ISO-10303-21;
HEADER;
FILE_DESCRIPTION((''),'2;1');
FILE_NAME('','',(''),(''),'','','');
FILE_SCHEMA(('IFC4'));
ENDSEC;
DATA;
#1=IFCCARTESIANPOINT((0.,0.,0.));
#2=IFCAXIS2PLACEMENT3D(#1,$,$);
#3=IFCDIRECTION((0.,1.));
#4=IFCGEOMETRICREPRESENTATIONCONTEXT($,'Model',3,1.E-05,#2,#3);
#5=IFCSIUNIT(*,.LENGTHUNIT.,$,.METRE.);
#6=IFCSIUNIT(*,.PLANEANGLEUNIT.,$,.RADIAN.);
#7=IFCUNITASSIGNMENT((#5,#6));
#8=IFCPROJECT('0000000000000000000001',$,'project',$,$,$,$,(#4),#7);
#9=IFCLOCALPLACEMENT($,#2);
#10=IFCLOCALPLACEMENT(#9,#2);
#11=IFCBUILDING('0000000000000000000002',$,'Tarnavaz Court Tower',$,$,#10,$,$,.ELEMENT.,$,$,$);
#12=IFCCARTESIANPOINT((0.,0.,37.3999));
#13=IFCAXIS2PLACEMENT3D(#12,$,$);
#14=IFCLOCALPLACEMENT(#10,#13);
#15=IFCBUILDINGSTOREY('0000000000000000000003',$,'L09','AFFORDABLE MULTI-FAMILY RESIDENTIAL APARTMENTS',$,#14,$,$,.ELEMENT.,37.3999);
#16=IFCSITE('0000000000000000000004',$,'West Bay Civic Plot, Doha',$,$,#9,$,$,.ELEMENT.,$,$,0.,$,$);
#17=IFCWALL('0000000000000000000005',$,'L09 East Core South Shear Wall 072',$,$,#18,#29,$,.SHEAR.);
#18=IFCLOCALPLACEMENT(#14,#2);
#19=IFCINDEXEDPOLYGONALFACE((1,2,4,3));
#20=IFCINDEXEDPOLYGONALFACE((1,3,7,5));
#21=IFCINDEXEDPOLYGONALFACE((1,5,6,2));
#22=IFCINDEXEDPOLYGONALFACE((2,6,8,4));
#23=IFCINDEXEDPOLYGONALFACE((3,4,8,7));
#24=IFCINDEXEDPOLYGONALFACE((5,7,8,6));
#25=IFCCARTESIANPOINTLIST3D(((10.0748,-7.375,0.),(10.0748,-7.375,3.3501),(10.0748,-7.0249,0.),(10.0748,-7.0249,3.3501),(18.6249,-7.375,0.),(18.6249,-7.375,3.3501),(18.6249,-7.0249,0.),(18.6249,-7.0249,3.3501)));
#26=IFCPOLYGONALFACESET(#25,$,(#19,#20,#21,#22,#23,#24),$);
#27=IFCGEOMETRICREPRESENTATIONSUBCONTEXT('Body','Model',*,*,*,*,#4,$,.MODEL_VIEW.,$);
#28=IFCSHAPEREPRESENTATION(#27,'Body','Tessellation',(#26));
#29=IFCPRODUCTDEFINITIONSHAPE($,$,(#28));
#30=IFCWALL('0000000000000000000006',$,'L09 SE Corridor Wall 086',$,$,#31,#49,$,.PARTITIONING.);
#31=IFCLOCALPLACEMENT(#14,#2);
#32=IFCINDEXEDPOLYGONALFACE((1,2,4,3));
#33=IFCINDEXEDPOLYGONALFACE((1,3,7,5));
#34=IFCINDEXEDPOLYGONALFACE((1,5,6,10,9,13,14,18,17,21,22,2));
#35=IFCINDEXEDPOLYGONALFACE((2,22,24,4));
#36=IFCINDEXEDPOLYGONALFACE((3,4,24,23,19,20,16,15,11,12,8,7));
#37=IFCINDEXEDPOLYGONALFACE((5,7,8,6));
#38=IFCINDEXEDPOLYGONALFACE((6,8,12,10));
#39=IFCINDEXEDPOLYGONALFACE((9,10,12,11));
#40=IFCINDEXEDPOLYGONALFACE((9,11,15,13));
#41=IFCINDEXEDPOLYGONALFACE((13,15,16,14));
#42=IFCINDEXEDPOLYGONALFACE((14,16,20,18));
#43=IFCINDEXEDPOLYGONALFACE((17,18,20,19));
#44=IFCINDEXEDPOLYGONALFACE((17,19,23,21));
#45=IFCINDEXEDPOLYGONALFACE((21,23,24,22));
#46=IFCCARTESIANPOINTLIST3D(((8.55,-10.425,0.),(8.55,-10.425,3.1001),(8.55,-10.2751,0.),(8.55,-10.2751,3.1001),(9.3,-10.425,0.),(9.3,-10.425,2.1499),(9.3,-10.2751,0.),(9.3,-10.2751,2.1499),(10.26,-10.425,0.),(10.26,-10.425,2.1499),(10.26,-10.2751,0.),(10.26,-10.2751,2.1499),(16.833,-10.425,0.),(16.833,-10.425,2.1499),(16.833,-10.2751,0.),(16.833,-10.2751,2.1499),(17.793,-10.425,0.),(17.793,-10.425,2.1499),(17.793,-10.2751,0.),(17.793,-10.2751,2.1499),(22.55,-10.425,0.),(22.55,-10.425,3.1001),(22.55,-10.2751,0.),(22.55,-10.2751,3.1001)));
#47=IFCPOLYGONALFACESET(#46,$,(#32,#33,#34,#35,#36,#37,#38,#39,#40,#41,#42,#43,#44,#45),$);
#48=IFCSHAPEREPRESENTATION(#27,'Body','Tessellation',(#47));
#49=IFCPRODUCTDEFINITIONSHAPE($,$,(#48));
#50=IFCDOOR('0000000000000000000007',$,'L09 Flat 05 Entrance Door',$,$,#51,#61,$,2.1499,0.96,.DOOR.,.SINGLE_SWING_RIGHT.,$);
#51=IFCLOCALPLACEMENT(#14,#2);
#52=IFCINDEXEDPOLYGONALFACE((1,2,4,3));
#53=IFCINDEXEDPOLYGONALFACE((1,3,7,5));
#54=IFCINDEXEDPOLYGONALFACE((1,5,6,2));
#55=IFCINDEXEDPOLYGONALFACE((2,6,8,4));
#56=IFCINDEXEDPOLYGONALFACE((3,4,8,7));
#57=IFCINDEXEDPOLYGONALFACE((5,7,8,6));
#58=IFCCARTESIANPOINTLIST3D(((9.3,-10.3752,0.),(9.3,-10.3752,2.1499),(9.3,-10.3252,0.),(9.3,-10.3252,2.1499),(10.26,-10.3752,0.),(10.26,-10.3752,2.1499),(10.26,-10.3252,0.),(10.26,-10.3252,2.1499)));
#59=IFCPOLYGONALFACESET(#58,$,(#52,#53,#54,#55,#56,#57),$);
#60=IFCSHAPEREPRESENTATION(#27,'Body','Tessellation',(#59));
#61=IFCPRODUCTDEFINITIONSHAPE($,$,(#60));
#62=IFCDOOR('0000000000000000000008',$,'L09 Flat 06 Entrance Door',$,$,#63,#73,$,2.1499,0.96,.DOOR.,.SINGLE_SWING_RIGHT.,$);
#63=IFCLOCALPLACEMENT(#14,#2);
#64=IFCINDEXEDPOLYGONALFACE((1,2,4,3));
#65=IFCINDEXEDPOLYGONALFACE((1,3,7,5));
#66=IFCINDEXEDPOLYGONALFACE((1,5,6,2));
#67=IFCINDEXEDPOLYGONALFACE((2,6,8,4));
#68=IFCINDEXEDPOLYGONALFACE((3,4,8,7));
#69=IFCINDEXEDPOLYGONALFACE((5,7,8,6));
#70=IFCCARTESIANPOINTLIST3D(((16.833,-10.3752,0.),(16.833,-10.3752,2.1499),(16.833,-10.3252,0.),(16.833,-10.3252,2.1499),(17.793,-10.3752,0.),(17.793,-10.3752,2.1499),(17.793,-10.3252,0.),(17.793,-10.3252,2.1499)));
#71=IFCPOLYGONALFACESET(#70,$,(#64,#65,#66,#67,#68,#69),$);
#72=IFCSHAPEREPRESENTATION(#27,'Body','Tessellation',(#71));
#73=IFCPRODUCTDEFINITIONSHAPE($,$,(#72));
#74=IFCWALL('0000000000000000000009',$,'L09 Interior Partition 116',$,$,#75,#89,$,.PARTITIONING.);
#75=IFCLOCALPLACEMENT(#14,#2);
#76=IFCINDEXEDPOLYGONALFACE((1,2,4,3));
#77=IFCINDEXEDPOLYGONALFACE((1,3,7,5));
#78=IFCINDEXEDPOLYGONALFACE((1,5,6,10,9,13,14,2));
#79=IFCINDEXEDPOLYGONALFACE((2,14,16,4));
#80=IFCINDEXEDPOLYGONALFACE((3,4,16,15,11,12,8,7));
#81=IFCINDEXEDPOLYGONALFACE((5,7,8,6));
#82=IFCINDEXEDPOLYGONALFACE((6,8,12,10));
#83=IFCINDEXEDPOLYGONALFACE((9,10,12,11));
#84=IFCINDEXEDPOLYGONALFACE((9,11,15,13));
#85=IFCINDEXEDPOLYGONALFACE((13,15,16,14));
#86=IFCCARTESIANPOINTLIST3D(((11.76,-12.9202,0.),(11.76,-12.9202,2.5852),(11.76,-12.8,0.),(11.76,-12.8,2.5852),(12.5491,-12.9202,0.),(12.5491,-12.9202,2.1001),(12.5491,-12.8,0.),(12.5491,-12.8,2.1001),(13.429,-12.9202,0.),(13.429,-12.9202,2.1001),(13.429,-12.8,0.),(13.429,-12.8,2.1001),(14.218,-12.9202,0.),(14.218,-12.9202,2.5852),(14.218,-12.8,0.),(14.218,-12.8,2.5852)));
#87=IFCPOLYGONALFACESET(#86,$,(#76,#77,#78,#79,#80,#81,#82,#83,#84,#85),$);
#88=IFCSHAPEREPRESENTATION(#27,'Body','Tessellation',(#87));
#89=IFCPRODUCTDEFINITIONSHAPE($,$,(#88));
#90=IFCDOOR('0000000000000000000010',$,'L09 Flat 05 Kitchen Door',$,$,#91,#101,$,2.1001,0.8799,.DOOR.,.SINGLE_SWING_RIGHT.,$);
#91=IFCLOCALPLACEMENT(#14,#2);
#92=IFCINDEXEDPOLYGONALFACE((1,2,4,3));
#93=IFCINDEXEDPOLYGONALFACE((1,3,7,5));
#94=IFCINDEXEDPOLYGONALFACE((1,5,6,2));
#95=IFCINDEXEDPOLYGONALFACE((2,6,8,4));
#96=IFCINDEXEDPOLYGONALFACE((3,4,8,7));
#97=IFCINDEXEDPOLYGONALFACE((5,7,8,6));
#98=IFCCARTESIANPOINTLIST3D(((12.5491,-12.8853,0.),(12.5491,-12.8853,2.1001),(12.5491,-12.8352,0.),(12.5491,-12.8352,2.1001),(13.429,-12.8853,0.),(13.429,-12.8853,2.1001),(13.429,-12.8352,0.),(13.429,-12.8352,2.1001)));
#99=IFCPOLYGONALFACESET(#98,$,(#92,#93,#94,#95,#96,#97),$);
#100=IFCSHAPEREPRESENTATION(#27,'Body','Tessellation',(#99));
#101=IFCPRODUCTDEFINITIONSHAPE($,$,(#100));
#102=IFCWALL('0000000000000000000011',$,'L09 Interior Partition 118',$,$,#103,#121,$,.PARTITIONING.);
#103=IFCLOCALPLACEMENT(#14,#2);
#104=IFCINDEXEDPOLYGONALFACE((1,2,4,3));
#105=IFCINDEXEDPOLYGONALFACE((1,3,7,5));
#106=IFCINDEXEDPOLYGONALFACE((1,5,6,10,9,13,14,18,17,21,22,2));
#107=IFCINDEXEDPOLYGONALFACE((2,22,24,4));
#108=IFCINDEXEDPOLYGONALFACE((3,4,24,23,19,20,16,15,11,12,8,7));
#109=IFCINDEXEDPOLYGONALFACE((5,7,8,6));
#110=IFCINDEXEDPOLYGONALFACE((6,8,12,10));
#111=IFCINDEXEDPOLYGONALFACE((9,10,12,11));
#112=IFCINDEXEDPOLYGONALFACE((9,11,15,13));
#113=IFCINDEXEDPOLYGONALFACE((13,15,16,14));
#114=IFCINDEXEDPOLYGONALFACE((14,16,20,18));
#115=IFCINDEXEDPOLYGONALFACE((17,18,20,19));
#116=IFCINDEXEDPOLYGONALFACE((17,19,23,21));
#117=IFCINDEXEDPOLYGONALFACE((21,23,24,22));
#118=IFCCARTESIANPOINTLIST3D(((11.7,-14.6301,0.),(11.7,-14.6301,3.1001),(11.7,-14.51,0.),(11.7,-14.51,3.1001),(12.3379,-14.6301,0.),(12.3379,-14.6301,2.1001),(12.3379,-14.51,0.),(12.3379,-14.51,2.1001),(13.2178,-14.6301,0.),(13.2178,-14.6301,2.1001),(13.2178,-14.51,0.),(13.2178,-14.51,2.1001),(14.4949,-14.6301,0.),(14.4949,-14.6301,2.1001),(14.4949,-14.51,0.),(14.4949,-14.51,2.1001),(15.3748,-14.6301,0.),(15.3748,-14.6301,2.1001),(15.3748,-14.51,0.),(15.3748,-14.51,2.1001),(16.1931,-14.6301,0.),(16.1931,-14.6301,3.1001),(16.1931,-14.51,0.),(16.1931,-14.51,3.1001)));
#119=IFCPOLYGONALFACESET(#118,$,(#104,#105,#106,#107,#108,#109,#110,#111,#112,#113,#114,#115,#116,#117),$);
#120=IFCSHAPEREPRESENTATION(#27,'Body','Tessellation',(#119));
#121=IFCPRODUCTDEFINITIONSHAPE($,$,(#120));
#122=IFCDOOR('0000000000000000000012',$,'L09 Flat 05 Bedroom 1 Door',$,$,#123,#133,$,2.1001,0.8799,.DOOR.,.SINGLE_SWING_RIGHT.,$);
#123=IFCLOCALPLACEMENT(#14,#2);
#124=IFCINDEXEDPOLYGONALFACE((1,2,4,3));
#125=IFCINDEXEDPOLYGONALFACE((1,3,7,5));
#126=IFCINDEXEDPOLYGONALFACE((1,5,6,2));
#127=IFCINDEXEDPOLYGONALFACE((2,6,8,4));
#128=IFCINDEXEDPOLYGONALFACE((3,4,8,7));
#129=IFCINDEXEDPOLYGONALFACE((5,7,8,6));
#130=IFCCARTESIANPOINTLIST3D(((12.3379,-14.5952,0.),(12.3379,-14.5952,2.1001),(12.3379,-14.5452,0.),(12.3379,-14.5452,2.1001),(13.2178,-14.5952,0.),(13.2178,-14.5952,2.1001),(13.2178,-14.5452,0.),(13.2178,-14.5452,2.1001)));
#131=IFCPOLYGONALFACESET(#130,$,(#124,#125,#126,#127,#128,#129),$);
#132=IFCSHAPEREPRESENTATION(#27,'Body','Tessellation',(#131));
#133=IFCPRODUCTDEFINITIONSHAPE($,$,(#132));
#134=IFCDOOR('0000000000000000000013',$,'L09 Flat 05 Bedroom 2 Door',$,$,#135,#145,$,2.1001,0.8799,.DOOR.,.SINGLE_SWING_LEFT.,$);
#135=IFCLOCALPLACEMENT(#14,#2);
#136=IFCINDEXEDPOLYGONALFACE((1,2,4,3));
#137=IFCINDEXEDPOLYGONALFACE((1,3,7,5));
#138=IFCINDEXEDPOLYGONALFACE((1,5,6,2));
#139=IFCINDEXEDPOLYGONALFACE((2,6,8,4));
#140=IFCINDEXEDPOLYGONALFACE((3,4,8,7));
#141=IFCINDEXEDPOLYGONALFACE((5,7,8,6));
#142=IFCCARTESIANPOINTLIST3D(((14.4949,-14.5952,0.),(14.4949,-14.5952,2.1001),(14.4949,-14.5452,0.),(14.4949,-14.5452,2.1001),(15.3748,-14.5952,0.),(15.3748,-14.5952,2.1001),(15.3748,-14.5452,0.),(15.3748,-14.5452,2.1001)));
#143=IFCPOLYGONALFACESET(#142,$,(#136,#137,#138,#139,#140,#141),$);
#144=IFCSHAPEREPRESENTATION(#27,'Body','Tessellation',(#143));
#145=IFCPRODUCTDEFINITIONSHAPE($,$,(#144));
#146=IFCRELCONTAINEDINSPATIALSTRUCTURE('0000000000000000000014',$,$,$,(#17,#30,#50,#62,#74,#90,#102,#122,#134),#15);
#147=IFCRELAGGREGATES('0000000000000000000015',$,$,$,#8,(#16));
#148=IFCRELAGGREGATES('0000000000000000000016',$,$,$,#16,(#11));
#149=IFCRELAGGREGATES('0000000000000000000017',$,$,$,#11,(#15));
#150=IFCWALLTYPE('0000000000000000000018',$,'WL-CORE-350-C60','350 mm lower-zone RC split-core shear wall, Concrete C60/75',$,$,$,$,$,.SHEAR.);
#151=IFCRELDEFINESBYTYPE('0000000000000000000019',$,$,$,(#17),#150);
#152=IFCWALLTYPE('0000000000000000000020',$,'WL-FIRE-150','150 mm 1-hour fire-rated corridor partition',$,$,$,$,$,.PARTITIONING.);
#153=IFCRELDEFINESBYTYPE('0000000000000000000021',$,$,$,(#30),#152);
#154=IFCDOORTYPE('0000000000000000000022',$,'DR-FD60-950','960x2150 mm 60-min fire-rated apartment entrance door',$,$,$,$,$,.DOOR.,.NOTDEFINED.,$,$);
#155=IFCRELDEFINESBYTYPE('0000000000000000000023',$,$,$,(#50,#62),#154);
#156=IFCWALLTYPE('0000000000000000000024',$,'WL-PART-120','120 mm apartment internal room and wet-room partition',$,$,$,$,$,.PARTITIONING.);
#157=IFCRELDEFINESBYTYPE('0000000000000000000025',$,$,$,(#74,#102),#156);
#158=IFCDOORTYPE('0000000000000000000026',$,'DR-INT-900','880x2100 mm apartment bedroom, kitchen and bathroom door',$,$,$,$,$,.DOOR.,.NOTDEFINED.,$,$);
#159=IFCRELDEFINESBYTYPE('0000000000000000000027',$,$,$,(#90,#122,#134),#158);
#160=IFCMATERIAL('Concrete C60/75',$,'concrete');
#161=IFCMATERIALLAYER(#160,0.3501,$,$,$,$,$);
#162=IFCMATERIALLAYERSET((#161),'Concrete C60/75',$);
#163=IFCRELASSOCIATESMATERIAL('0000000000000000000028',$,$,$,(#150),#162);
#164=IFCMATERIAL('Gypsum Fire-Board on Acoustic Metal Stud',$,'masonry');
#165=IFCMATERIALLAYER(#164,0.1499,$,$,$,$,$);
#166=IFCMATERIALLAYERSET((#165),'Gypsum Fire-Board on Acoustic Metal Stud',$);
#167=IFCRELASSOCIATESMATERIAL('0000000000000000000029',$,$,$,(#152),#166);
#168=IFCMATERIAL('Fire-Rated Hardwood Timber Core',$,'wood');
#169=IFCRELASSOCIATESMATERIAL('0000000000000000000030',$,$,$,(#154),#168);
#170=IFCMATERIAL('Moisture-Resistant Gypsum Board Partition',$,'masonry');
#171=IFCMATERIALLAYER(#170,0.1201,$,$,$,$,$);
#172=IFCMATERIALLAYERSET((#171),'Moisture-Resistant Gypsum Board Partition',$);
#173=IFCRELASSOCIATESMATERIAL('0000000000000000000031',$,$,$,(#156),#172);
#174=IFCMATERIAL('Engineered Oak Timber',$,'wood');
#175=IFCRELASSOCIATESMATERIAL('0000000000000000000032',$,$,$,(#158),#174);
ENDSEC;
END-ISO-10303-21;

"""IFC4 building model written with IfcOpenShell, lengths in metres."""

from ifc_helpers import new_model, si_unit, direction, frame, frame_2d, origin, place, context, subcontext, project, spatial, rectangle, extrude, material, layer, layer_set, type_object, element, fill, save


model = new_model("IFC4")

# Units and contexts
model_context = context("Model", 3, precision=1e-05, world=origin(), true_north=direction((0.0, 1.0)))
body_context = subcontext(model_context, "Body", "Model", "MODEL_VIEW")
ifc_project = project(units=[si_unit("LENGTHUNIT", "METRE"), si_unit("PLANEANGLEUNIT", "RADIAN")], contexts=[model_context])

# Site, building, storey
site_placement = place(None, origin())
site = spatial("IfcSite", under=ifc_project, at=site_placement, Name="West Bay Civic Plot, Doha", CompositionType="ELEMENT", RefElevation=0.0)
building_placement = place(site_placement, origin())
building = spatial("IfcBuilding", under=site, at=building_placement, Name="Tarnavaz Court Tower", CompositionType="ELEMENT")
storey_placement = place(building_placement, frame((0.0, 0.0, 37.3999)))
storey = spatial("IfcBuildingStorey", under=building, at=storey_placement, Name="L09", Description="AFFORDABLE MULTI-FAMILY RESIDENTIAL APARTMENTS", CompositionType="ELEMENT", Elevation=37.3999)

# Shared definitions
ifc_material_1 = material(Name="Concrete C60/75", Category="concrete")

# Wall
ifc_layer_1 = layer(ifc_material_1, 0.3501)
ifc_layer_set_1 = layer_set([ifc_layer_1], Name="Concrete C60/75")
wall_type_1 = type_object("IfcWallType", Name="WL-CORE-350-C60", Description="350 mm lower-zone RC split-core shear wall, Concrete C60/75", PredefinedType="SHEAR", material=ifc_layer_set_1)
wall_1_placement = place(storey_placement, frame((10.075, -7.2, 0.0), z_axis=(0.0, 0.0, 1.0), x_axis=(1.0, 0.0, 0.0)))
element("IfcWall", 1, at=wall_1_placement, inside=storey, type_object=wall_type_1, Name="L09 East Core South Shear Wall 072", PredefinedType="SHEAR", context=body_context, shape_type="SweptSolid", body=[
    extrude(rectangle(XDim=8.55, YDim=0.3501, at=frame_2d((4.2749, 0.0))), origin(), (0.0, 0.0, 1.0), 3.3501),
])

# Wall, openings, doors
ifc_material_2 = material(Name="Gypsum Fire-Board on Acoustic Metal Stud", Category="masonry")
ifc_layer_2 = layer(ifc_material_2, 0.1499)
ifc_layer_set_2 = layer_set([ifc_layer_2], Name="Gypsum Fire-Board on Acoustic Metal Stud")
wall_type_2 = type_object("IfcWallType", Name="WL-FIRE-150", Description="150 mm 1-hour fire-rated corridor partition", PredefinedType="PARTITIONING", material=ifc_layer_set_2)
wall_2_placement = place(storey_placement, frame((8.55, -10.3501, 0.0), z_axis=(0.0, 0.0, 1.0), x_axis=(1.0, 0.0, 0.0)))
wall_2 = element("IfcWall", 2, at=wall_2_placement, inside=storey, type_object=wall_type_2, Name="L09 SE Corridor Wall 086", PredefinedType="PARTITIONING", context=body_context, shape_type="SweptSolid", body=[
    extrude(rectangle(XDim=14.0, YDim=0.1499, at=frame_2d((7.0, 0.0))), origin(), (0.0, 0.0, 1.0), 3.1001),
])
opening_1_placement = place(wall_2_placement, frame((0.75, 0.0, 0.0)))
opening_1 = element("IfcOpeningElement", 3, at=opening_1_placement, cuts=wall_2, PredefinedType="OPENING", context=body_context, shape_type="SweptSolid", body=[
    extrude(rectangle(XDim=0.96, YDim=2.1499, at=frame_2d((0.48, 1.075))), frame((0.0, 0.085, 0.0), z_axis=(0.0, -1.0, 0.0), x_axis=(1.0, 0.0, 0.0)), (0.0, 0.0, 1.0), 0.1699),
])
opening_2_placement = place(wall_2_placement, frame((8.283, 0.0, 0.0)))
opening_2 = element("IfcOpeningElement", 4, at=opening_2_placement, cuts=wall_2, PredefinedType="OPENING", context=body_context, shape_type="SweptSolid", body=[
    extrude(rectangle(XDim=0.96, YDim=2.1499, at=frame_2d((0.48, 1.075))), frame((0.0, 0.085, 0.0), z_axis=(0.0, -1.0, 0.0), x_axis=(1.0, 0.0, 0.0)), (0.0, 0.0, 1.0), 0.1699),
])
ifc_material_3 = material(Name="Fire-Rated Hardwood Timber Core", Category="wood")
door_type_1 = type_object("IfcDoorType", Name="DR-FD60-950", Description="960x2150 mm 60-min fire-rated apartment entrance door", OperationType="NOTDEFINED", PredefinedType="DOOR", material=ifc_material_3)
door_1_placement = place(opening_1_placement, origin())
door_1 = element("IfcDoor", 5, at=door_1_placement, inside=storey, type_object=door_type_1, Name="L09 Flat 05 Entrance Door", OperationType="SINGLE_SWING_RIGHT", OverallHeight=2.1499, OverallWidth=0.96, PredefinedType="DOOR", context=body_context, shape_type="SweptSolid", body=[
    extrude(rectangle(XDim=0.96, YDim=2.1499, at=frame_2d((0.48, 1.075))), frame((0.0, 0.0249, 0.0), z_axis=(0.0, -1.0, 0.0), x_axis=(1.0, 0.0, 0.0)), (0.0, 0.0, 1.0), 0.05),
])
fill(opening_1, door_1)
door_2_placement = place(opening_2_placement, origin())
door_2 = element("IfcDoor", 6, at=door_2_placement, inside=storey, type_object=door_type_1, Name="L09 Flat 06 Entrance Door", OperationType="SINGLE_SWING_RIGHT", OverallHeight=2.1499, OverallWidth=0.96, PredefinedType="DOOR", context=body_context, shape_type="SweptSolid", body=[
    extrude(rectangle(XDim=0.96, YDim=2.1499, at=frame_2d((0.48, 1.075))), frame((0.0, 0.0249, 0.0), z_axis=(0.0, -1.0, 0.0), x_axis=(1.0, 0.0, 0.0)), (0.0, 0.0, 1.0), 0.05),
])
fill(opening_2, door_2)

# Wall, opening, door
ifc_material_4 = material(Name="Moisture-Resistant Gypsum Board Partition", Category="masonry")
ifc_layer_3 = layer(ifc_material_4, 0.1201)
ifc_layer_set_3 = layer_set([ifc_layer_3], Name="Moisture-Resistant Gypsum Board Partition")
wall_type_3 = type_object("IfcWallType", Name="WL-PART-120", Description="120 mm apartment internal room and wet-room partition", PredefinedType="PARTITIONING", material=ifc_layer_set_3)
wall_3_placement = place(storey_placement, frame((11.76, -12.8601, 0.0), z_axis=(0.0, 0.0, 1.0), x_axis=(1.0, 0.0, 0.0)))
wall_3 = element("IfcWall", 7, at=wall_3_placement, inside=storey, type_object=wall_type_3, Name="L09 Interior Partition 116", PredefinedType="PARTITIONING", context=body_context, shape_type="SweptSolid", body=[
    extrude(rectangle(XDim=2.458, YDim=0.1201, at=frame_2d((1.229, 0.0))), origin(), (0.0, 0.0, 1.0), 2.5852),
])
opening_3_placement = place(wall_3_placement, frame((0.7891, 0.0, 0.0)))
opening_3 = element("IfcOpeningElement", 8, at=opening_3_placement, cuts=wall_3, PredefinedType="OPENING", context=body_context, shape_type="SweptSolid", body=[
    extrude(rectangle(XDim=0.8799, YDim=2.1001, at=frame_2d((0.4399, 1.05))), frame((0.0, 0.0701, 0.0), z_axis=(0.0, -1.0, 0.0), x_axis=(1.0, 0.0, 0.0)), (0.0, 0.0, 1.0), 0.1401),
])
ifc_material_5 = material(Name="Engineered Oak Timber", Category="wood")
door_type_2 = type_object("IfcDoorType", Name="DR-INT-900", Description="880x2100 mm apartment bedroom, kitchen and bathroom door", OperationType="NOTDEFINED", PredefinedType="DOOR", material=ifc_material_5)
door_3_placement = place(opening_3_placement, origin())
door_3 = element("IfcDoor", 9, at=door_3_placement, inside=storey, type_object=door_type_2, Name="L09 Flat 05 Kitchen Door", OperationType="SINGLE_SWING_RIGHT", OverallHeight=2.1001, OverallWidth=0.8799, PredefinedType="DOOR", context=body_context, shape_type="SweptSolid", body=[
    extrude(rectangle(XDim=0.8799, YDim=2.1001, at=frame_2d((0.4399, 1.05))), frame((0.0, 0.0249, 0.0), z_axis=(0.0, -1.0, 0.0), x_axis=(1.0, 0.0, 0.0)), (0.0, 0.0, 1.0), 0.05),
])
fill(opening_3, door_3)

# Wall, openings, doors
wall_4_placement = place(storey_placement, frame((11.7, -14.5701, 0.0), z_axis=(0.0, 0.0, 1.0), x_axis=(1.0, 0.0, 0.0)))
wall_4 = element("IfcWall", 10, at=wall_4_placement, inside=storey, type_object=wall_type_3, Name="L09 Interior Partition 118", PredefinedType="PARTITIONING", context=body_context, shape_type="SweptSolid", body=[
    extrude(rectangle(XDim=4.4932, YDim=0.1201, at=frame_2d((2.2466, 0.0))), origin(), (0.0, 0.0, 1.0), 3.1001),
])
opening_4_placement = place(wall_4_placement, frame((0.6379, 0.0, 0.0)))
opening_4 = element("IfcOpeningElement", 11, at=opening_4_placement, cuts=wall_4, PredefinedType="OPENING", context=body_context, shape_type="SweptSolid", body=[
    extrude(rectangle(XDim=0.8799, YDim=2.1001, at=frame_2d((0.4399, 1.05))), frame((0.0, 0.0701, 0.0), z_axis=(0.0, -1.0, 0.0), x_axis=(1.0, 0.0, 0.0)), (0.0, 0.0, 1.0), 0.1401),
])
opening_5_placement = place(wall_4_placement, frame((2.7949, 0.0, 0.0)))
opening_5 = element("IfcOpeningElement", 12, at=opening_5_placement, cuts=wall_4, PredefinedType="OPENING", context=body_context, shape_type="SweptSolid", body=[
    extrude(rectangle(XDim=0.8799, YDim=2.1001, at=frame_2d((0.4399, 1.05))), frame((0.0, 0.0701, 0.0), z_axis=(0.0, -1.0, 0.0), x_axis=(1.0, 0.0, 0.0)), (0.0, 0.0, 1.0), 0.1401),
])
door_4_placement = place(opening_4_placement, origin())
door_4 = element("IfcDoor", 13, at=door_4_placement, inside=storey, type_object=door_type_2, Name="L09 Flat 05 Bedroom 1 Door", OperationType="SINGLE_SWING_RIGHT", OverallHeight=2.1001, OverallWidth=0.8799, PredefinedType="DOOR", context=body_context, shape_type="SweptSolid", body=[
    extrude(rectangle(XDim=0.8799, YDim=2.1001, at=frame_2d((0.4399, 1.05))), frame((0.0, 0.0249, 0.0), z_axis=(0.0, -1.0, 0.0), x_axis=(1.0, 0.0, 0.0)), (0.0, 0.0, 1.0), 0.05),
])
fill(opening_4, door_4)
door_5_placement = place(opening_5_placement, origin())
door_5 = element("IfcDoor", 14, at=door_5_placement, inside=storey, type_object=door_type_2, Name="L09 Flat 05 Bedroom 2 Door", OperationType="SINGLE_SWING_LEFT", OverallHeight=2.1001, OverallWidth=0.8799, PredefinedType="DOOR", context=body_context, shape_type="SweptSolid", body=[
    extrude(rectangle(XDim=0.8799, YDim=2.1001, at=frame_2d((0.4399, 1.05))), frame((0.0, 0.0249, 0.0), z_axis=(0.0, -1.0, 0.0), x_axis=(1.0, 0.0, 0.0)), (0.0, 0.0, 1.0), 0.05),
])
fill(opening_5, door_5)

save(model, "model.ifc")
